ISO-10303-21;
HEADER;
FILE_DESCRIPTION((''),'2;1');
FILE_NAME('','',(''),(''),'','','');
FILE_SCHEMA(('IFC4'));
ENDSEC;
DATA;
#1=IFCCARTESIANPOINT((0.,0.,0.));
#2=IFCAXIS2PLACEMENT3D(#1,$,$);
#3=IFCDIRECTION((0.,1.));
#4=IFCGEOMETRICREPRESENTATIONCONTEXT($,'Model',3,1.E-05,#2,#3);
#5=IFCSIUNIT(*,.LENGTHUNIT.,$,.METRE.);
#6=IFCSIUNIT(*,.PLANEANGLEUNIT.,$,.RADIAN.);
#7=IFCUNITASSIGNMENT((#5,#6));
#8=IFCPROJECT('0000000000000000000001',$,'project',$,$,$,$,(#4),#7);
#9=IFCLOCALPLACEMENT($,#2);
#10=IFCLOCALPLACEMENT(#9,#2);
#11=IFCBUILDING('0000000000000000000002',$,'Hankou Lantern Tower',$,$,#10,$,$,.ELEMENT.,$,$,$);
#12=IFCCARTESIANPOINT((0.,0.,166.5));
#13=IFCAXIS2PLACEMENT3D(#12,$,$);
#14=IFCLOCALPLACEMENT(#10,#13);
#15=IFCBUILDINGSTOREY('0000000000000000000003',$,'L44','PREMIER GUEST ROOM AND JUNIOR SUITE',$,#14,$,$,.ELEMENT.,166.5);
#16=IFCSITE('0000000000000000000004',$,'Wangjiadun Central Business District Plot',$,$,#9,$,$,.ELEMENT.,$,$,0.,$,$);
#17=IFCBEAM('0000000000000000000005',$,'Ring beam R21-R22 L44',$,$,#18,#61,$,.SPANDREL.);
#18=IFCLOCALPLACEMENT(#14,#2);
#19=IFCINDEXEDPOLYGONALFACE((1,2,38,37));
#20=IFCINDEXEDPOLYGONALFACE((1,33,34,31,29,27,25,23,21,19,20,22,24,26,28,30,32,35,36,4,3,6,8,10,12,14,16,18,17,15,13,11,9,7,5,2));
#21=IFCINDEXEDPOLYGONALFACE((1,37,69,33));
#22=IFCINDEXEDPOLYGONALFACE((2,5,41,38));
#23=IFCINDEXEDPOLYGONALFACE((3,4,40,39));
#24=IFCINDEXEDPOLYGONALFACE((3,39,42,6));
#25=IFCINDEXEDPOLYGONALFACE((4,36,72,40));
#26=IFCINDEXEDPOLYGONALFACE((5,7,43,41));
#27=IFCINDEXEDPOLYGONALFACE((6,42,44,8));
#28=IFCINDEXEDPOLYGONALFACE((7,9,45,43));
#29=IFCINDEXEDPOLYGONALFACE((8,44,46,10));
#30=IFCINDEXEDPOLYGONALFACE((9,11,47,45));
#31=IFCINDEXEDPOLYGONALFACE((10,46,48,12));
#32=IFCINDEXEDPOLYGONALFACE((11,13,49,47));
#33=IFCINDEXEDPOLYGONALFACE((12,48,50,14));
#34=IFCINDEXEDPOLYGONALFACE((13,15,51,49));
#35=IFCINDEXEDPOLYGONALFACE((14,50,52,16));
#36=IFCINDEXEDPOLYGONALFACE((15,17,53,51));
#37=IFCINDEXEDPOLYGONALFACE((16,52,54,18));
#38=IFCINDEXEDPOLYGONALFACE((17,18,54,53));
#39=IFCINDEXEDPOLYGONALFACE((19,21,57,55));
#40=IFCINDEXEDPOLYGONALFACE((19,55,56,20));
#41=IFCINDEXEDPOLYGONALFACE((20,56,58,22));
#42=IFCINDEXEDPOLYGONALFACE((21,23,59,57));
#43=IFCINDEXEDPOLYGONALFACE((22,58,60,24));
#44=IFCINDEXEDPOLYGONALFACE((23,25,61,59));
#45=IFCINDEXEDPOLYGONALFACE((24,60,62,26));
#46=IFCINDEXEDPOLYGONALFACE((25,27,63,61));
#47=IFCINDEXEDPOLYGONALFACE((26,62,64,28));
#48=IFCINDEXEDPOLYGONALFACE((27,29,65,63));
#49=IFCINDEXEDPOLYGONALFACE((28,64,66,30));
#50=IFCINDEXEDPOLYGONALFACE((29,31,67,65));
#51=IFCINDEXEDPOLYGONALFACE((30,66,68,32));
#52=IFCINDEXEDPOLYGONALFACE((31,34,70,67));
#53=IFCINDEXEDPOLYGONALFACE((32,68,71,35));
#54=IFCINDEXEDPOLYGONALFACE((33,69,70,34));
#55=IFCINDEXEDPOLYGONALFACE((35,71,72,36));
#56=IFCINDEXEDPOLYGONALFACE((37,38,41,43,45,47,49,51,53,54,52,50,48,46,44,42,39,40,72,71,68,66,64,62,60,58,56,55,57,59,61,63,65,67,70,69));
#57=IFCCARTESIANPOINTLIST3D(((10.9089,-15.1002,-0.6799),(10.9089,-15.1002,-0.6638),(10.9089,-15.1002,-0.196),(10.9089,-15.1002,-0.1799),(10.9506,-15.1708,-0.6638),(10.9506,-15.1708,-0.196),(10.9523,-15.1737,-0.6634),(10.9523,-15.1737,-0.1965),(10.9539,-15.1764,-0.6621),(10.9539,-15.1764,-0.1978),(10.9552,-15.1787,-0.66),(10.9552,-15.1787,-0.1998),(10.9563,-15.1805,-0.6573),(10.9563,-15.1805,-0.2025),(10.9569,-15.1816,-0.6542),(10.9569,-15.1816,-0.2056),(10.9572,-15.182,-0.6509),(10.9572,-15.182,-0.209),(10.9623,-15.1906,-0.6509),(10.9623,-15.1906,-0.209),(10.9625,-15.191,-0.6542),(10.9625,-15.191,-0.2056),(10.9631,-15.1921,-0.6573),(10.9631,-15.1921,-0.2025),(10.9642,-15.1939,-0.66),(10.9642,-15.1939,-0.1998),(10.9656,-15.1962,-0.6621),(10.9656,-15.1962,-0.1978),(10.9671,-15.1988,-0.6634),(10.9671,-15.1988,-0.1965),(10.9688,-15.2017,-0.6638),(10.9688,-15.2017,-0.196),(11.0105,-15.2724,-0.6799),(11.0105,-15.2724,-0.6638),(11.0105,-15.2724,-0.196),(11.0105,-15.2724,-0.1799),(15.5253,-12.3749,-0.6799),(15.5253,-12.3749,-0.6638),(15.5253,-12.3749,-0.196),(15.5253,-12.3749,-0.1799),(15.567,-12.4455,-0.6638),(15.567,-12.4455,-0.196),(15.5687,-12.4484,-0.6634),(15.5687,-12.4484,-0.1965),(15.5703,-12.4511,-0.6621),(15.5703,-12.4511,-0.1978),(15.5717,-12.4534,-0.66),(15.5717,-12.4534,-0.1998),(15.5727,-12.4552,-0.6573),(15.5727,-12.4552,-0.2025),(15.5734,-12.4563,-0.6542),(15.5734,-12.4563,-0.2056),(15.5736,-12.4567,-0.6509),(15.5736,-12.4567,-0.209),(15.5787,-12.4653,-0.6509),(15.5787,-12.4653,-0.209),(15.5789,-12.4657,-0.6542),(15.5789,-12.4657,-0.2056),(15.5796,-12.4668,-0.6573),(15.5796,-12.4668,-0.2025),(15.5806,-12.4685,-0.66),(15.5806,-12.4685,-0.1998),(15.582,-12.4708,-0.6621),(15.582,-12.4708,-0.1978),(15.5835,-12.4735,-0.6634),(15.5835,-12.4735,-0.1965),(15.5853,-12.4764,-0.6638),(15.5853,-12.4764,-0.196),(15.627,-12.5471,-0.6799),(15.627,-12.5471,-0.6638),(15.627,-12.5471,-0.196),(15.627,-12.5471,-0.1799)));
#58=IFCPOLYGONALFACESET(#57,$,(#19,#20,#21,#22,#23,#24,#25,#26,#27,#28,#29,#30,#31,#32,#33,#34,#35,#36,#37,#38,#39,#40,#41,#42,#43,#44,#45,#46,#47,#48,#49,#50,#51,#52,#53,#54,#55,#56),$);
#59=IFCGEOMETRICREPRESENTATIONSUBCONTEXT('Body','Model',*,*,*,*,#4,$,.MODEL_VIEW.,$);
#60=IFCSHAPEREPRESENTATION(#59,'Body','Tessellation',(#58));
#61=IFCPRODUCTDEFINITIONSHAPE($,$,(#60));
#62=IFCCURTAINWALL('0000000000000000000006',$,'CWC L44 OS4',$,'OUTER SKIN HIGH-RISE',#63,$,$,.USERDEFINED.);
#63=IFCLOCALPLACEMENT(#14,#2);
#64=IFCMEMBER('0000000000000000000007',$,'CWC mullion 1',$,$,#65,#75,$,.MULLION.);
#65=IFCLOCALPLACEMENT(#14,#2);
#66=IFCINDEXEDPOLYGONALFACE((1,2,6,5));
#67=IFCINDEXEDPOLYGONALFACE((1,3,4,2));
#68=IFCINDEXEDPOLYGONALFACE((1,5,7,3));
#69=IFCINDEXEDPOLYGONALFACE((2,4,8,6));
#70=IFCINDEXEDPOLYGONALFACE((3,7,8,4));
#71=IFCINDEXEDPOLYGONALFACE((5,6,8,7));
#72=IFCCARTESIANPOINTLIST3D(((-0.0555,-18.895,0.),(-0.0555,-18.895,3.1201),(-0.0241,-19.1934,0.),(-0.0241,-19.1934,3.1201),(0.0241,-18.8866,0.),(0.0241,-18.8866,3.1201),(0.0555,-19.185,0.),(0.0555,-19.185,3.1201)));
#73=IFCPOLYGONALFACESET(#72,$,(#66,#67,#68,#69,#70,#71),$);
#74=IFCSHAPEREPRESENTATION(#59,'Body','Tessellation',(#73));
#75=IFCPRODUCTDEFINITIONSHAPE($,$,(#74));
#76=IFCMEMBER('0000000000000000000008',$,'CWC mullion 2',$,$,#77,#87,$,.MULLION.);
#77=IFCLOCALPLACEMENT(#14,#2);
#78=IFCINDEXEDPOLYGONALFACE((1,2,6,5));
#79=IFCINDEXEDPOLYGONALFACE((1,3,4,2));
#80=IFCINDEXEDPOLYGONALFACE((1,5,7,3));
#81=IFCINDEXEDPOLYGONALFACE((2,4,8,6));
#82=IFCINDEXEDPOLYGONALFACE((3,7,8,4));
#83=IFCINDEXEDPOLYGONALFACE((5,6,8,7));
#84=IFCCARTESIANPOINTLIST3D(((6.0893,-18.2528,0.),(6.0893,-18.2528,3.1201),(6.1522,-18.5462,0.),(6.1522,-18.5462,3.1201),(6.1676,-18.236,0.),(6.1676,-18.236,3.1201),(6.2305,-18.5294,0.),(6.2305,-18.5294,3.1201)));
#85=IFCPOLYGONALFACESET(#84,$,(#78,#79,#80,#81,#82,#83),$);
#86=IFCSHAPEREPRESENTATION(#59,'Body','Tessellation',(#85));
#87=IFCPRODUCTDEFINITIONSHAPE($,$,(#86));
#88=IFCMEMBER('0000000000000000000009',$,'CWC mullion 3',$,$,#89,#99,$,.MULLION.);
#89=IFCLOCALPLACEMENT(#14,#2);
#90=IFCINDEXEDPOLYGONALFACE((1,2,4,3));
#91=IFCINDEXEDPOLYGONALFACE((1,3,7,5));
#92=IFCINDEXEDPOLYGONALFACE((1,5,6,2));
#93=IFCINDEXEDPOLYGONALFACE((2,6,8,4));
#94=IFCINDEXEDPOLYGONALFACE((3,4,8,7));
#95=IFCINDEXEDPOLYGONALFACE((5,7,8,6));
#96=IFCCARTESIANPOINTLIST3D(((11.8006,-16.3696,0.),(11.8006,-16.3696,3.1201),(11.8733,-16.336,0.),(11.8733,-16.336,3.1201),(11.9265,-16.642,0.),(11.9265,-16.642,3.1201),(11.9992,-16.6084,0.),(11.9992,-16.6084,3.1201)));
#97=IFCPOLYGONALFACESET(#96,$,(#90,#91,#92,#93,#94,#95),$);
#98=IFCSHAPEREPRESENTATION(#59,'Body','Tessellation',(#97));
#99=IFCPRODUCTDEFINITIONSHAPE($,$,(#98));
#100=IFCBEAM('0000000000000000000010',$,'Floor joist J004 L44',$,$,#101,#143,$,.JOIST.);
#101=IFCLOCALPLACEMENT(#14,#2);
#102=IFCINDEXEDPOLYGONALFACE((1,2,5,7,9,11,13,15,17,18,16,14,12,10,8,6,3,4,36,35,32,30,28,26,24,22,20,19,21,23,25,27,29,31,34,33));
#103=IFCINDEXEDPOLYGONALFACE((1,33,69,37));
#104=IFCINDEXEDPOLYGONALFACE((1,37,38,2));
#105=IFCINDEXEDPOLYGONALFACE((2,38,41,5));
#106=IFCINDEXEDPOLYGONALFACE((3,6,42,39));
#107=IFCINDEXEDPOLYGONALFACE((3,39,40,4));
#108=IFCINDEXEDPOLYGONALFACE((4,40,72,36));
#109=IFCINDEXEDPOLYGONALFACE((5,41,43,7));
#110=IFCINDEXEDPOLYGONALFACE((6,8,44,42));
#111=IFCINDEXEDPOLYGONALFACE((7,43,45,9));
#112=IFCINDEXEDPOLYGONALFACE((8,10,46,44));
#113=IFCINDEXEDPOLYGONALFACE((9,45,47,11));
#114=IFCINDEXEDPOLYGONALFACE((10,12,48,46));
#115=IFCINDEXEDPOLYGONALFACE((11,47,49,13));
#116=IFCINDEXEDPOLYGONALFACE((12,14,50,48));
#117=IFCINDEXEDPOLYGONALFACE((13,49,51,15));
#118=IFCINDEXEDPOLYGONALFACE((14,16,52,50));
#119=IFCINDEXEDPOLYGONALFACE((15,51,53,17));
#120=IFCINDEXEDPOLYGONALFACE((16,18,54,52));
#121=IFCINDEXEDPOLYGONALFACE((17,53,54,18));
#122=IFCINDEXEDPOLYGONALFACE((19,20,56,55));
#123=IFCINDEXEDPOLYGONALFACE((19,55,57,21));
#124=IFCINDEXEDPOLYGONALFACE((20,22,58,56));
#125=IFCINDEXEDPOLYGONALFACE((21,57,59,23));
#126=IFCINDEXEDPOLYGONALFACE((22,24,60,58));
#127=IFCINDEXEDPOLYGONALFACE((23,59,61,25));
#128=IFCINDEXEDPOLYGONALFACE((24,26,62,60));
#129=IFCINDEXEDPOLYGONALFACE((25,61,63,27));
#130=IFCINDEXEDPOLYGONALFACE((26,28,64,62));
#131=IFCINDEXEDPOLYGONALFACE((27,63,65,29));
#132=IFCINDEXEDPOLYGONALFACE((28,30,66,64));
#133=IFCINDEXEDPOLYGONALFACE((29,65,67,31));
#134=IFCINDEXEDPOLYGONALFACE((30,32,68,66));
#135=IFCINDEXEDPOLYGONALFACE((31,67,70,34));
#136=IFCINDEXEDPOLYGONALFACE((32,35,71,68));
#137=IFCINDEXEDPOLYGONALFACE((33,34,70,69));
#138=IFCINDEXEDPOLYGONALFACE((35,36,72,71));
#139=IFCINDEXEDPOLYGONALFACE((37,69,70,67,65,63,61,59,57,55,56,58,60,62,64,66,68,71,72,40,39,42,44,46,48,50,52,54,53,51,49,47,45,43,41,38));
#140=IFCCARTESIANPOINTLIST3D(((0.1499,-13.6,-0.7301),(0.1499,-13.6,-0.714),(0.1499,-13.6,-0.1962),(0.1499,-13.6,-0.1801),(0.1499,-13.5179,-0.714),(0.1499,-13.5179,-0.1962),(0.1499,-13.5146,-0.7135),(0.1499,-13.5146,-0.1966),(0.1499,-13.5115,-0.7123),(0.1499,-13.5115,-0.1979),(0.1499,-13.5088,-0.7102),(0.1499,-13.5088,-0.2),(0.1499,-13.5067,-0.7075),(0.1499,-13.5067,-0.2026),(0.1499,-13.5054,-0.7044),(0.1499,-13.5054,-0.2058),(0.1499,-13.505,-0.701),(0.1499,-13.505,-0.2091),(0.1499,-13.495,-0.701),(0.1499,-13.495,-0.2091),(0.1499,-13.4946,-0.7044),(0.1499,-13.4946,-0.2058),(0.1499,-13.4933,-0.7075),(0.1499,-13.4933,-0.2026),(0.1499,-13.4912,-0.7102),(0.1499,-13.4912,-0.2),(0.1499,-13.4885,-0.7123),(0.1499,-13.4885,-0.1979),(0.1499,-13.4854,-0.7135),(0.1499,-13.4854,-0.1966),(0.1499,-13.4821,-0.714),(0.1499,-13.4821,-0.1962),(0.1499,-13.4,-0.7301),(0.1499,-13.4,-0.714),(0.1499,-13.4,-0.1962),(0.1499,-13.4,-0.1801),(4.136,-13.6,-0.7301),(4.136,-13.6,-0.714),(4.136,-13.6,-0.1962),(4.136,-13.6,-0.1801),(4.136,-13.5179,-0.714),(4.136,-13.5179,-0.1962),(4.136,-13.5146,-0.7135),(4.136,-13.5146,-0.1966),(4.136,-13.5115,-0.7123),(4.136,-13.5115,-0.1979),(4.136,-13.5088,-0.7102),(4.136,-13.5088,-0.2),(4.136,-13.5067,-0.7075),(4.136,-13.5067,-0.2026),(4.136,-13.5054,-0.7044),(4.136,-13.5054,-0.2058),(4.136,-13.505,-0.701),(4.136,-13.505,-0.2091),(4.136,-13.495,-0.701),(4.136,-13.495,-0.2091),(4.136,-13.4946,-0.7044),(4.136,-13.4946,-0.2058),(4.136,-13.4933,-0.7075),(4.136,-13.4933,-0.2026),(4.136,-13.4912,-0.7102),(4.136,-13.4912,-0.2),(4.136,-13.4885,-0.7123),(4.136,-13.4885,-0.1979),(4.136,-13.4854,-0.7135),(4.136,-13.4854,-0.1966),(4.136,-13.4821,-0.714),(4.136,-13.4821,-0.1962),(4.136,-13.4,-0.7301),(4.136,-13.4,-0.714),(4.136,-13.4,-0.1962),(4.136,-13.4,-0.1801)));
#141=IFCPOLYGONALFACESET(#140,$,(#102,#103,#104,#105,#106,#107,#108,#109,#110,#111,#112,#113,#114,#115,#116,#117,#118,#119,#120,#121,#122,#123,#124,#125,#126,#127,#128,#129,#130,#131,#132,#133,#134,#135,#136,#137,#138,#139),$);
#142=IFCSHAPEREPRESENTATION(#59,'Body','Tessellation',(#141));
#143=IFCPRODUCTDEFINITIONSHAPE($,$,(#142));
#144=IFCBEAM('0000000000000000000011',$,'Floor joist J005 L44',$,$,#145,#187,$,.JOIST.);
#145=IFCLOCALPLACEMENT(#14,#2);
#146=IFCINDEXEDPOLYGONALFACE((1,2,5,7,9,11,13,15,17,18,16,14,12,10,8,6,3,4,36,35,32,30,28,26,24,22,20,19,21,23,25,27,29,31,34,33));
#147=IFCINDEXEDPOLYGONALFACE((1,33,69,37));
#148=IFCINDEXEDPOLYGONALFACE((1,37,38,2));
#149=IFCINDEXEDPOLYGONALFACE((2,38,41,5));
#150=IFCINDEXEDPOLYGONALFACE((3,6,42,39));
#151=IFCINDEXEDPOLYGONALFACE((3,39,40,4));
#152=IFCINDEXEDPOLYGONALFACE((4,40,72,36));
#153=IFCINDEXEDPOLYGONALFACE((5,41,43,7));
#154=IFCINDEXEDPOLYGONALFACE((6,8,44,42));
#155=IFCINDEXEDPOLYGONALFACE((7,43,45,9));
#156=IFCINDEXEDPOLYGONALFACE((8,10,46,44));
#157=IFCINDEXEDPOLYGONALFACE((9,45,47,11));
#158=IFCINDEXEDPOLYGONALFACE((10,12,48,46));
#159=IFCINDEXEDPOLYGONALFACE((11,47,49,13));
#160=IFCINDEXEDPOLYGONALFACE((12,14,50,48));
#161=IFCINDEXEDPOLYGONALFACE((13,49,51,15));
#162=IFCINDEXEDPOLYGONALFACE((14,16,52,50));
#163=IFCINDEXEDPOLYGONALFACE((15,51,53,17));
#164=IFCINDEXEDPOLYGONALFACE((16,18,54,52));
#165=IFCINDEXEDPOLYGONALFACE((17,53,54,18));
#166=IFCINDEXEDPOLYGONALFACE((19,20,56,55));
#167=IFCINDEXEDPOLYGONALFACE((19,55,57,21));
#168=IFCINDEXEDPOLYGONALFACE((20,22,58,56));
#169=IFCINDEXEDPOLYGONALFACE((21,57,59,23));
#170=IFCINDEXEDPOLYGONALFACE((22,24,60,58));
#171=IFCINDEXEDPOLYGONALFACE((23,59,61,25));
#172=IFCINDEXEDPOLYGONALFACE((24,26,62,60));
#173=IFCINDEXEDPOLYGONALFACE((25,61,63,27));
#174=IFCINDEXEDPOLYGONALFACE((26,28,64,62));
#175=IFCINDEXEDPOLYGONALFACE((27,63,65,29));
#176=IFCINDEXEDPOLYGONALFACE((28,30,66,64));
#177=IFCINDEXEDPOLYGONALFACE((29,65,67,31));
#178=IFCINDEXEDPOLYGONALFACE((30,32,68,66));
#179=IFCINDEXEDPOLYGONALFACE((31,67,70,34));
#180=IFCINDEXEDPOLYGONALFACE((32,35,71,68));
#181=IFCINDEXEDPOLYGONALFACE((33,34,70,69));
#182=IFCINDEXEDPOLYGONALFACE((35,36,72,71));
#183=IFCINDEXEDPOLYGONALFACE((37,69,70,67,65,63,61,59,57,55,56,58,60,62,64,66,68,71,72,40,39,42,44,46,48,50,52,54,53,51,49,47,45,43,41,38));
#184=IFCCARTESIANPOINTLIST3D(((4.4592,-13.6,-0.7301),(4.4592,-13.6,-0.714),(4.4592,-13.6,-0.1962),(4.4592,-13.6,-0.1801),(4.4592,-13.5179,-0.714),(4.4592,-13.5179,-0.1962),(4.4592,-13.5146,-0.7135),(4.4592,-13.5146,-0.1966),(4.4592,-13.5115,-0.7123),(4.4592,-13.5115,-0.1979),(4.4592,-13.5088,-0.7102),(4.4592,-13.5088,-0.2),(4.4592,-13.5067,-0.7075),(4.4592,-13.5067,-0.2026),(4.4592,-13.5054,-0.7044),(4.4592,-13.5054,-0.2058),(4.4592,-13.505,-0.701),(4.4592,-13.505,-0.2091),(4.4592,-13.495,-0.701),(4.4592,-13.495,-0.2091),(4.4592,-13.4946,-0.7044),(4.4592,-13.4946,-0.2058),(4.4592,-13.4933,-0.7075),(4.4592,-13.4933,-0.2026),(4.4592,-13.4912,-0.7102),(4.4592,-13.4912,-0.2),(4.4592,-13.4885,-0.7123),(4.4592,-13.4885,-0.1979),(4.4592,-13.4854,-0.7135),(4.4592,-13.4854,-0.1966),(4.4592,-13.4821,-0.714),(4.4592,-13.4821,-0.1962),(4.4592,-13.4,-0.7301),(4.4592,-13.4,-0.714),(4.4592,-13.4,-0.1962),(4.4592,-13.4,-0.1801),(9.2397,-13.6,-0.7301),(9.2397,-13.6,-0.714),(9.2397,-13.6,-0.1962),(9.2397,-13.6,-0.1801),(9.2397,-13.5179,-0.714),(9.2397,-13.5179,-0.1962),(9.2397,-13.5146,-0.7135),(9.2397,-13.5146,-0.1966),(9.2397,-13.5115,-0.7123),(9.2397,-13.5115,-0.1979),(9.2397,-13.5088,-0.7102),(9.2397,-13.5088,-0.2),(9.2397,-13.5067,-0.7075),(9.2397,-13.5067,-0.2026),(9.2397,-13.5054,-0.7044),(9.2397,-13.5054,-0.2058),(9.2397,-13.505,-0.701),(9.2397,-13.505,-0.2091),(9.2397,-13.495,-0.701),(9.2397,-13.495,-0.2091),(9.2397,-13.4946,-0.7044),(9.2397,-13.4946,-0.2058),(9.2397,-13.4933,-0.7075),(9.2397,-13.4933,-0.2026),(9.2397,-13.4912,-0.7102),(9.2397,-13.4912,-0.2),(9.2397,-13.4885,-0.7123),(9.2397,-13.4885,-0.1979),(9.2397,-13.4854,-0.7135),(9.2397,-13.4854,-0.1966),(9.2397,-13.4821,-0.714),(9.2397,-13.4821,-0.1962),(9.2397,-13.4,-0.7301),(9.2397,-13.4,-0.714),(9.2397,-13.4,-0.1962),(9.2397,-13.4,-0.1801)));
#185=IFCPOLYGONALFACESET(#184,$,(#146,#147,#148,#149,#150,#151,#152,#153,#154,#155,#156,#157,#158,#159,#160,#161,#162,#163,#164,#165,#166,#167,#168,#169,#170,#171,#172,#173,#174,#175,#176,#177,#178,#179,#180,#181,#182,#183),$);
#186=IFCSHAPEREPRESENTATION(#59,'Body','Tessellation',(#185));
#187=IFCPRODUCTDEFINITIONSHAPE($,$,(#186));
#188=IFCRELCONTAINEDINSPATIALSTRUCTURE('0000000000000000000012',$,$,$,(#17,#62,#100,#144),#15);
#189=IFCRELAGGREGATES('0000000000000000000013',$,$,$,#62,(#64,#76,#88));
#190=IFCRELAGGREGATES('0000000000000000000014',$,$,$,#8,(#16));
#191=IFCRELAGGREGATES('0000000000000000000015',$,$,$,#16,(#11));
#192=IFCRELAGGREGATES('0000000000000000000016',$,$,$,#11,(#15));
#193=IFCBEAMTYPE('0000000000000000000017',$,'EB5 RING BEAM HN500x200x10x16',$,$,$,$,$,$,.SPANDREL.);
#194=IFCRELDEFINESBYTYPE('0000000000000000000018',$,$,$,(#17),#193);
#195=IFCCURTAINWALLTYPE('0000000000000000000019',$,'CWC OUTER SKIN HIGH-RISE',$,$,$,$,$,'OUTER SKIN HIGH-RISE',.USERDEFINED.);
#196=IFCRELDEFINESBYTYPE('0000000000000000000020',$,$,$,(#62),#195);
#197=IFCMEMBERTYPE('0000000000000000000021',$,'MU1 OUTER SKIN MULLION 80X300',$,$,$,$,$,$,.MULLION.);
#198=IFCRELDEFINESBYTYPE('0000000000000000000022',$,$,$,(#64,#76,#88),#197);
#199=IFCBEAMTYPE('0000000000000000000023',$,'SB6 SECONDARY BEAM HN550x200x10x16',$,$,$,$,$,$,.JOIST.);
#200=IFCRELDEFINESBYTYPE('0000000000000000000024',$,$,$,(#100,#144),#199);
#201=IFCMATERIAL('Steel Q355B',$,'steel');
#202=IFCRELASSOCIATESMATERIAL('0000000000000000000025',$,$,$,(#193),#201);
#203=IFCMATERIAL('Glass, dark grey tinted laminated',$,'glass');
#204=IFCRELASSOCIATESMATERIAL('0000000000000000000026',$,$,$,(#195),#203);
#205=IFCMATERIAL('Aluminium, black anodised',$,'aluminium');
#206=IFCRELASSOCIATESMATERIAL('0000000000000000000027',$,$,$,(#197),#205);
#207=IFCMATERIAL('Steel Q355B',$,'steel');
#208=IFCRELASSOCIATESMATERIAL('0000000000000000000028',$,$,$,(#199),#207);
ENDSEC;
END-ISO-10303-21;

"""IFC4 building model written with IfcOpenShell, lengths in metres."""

from ifc_helpers import new_model, si_unit, direction, frame, origin, origin_2d, place, context, subcontext, project, spatial, rectangle, i_section, extrude, material, material_profile, profile_set, type_object, element, aggregate, save


model = new_model("IFC4")

# Units and contexts
model_context = context("Model", 3, precision=1e-05, world=origin(), true_north=direction((0.0, 1.0)))
body_context = subcontext(model_context, "Body", "Model", "MODEL_VIEW")
ifc_project = project(units=[si_unit("LENGTHUNIT", "METRE"), si_unit("PLANEANGLEUNIT", "RADIAN")], contexts=[model_context])

# Site, building, storey
site_placement = place(None, origin())
site = spatial("IfcSite", under=ifc_project, at=site_placement, Name="Wangjiadun Central Business District Plot", CompositionType="ELEMENT", RefElevation=0.0)
building_placement = place(site_placement, origin())
building = spatial("IfcBuilding", under=site, at=building_placement, Name="Hankou Lantern Tower", CompositionType="ELEMENT")
storey_placement = place(building_placement, frame((0.0, 0.0, 166.5)))
storey = spatial("IfcBuildingStorey", under=building, at=storey_placement, Name="L44", Description="PREMIER GUEST ROOM AND JUNIOR SUITE", CompositionType="ELEMENT", Elevation=166.5)

# Beam
ifc_material_1 = material(Name="Steel Q355B", Category="steel")
ifc_material_profile_1 = material_profile(ifc_material_1, i_section(OverallWidth=0.2, OverallDepth=0.5, WebThickness=0.01, FlangeThickness=0.0161, FilletRadius=0.0129, at=origin_2d()), Name="HN500x200x10x16")
ifc_profile_set_1 = profile_set([ifc_material_profile_1], Name="Steel Q355B")
beam_type_1 = type_object("IfcBeamType", Name="EB5 RING BEAM HN500x200x10x16", PredefinedType="SPANDREL", material=ifc_profile_set_1)
beam_1_placement = place(storey_placement, frame((10.9597, -15.1863, -0.4299), z_axis=(0.861136, 0.508375, 0.0), x_axis=(-0.508375, 0.861136, 0.0)))
element("IfcBeam", 1, at=beam_1_placement, inside=storey, type_object=beam_type_1, Name="Ring beam R21-R22 L44", PredefinedType="SPANDREL", context=body_context, shape_type="SweptSolid", body=[
    extrude(i_section(OverallWidth=0.2, OverallDepth=0.5, WebThickness=0.01, FlangeThickness=0.0161, FilletRadius=0.0129, at=origin_2d()), origin(), (0.0, 0.0, 1.0), 5.3608),
])

# Curtain wall, members
ifc_material_2 = material(Name="Glass, dark grey tinted laminated", Category="glass")
curtain_wall_type = type_object("IfcCurtainWallType", Name="CWC OUTER SKIN HIGH-RISE", ElementType="OUTER SKIN HIGH-RISE", PredefinedType="USERDEFINED", material=ifc_material_2)
curtain_wall_placement = place(storey_placement, origin())
curtain_wall = element("IfcCurtainWall", 2, at=curtain_wall_placement, inside=storey, type_object=curtain_wall_type, Name="CWC L44 OS4", ObjectType="OUTER SKIN HIGH-RISE", PredefinedType="USERDEFINED")
ifc_material_3 = material(Name="Aluminium, black anodised", Category="aluminium")
ifc_material_profile_2 = material_profile(ifc_material_3, rectangle(XDim=0.0801, YDim=0.3, at=origin_2d()), Name="MU1 80X300")
ifc_profile_set_2 = profile_set([ifc_material_profile_2], Name="Aluminium, black anodised")
member_type_1 = type_object("IfcMemberType", Name="MU1 OUTER SKIN MULLION 80X300", PredefinedType="MULLION", material=ifc_profile_set_2)
member_1_placement = place(storey_placement, frame((0.0, -19.04, 0.0), z_axis=(0.0, 0.0, 1.0), x_axis=(0.994499, 0.104743, 0.0)))
member_1 = element("IfcMember", 3, at=member_1_placement, type_object=member_type_1, Name="CWC mullion 1", PredefinedType="MULLION", context=body_context, shape_type="SweptSolid", body=[
    extrude(rectangle(XDim=0.0801, YDim=0.3, at=origin_2d()), origin(), (0.0, 0.0, 1.0), 3.1201),
])
member_2_placement = place(storey_placement, frame((6.1599, -18.3911, 0.0), z_axis=(0.0, 0.0, 1.0), x_axis=(0.977788, 0.209598, 0.0)))
member_2 = element("IfcMember", 4, at=member_2_placement, type_object=member_type_1, Name="CWC mullion 2", PredefinedType="MULLION", context=body_context, shape_type="SweptSolid", body=[
    extrude(rectangle(XDim=0.0801, YDim=0.3, at=origin_2d()), origin(), (0.0, 0.0, 1.0), 3.1201),
])
member_3_placement = place(storey_placement, frame((11.8999, -16.489, 0.0), z_axis=(0.0, 0.0, 1.0), x_axis=(0.907841, 0.419314, 0.0)))
member_3 = element("IfcMember", 5, at=member_3_placement, type_object=member_type_1, Name="CWC mullion 3", PredefinedType="MULLION", context=body_context, shape_type="SweptSolid", body=[
    extrude(rectangle(XDim=0.0801, YDim=0.3, at=origin_2d()), origin(), (0.0, 0.0, 1.0), 3.1201),
])

# Beams
ifc_material_4 = material(Name="Steel Q355B", Category="steel")
ifc_material_profile_3 = material_profile(ifc_material_4, i_section(OverallWidth=0.2, OverallDepth=0.55, WebThickness=0.01, FlangeThickness=0.0161, FilletRadius=0.0129, at=origin_2d()), Name="HN550x200x10x16")
ifc_profile_set_3 = profile_set([ifc_material_profile_3], Name="Steel Q355B")
beam_type_2 = type_object("IfcBeamType", Name="SB6 SECONDARY BEAM HN550x200x10x16", PredefinedType="JOIST", material=ifc_profile_set_3)
beam_2_placement = place(storey_placement, frame((0.1499, -13.5, -0.4551), z_axis=(1.0, 0.0, 0.0), x_axis=(0.0, 1.0, 0.0)))
element("IfcBeam", 6, at=beam_2_placement, inside=storey, type_object=beam_type_2, Name="Floor joist J004 L44", PredefinedType="JOIST", context=body_context, shape_type="SweptSolid", body=[
    extrude(i_section(OverallWidth=0.2, OverallDepth=0.55, WebThickness=0.01, FlangeThickness=0.0161, FilletRadius=0.0129, at=origin_2d()), origin(), (0.0, 0.0, 1.0), 3.9861),
])
beam_3_placement = place(storey_placement, frame((4.4592, -13.5, -0.4551), z_axis=(1.0, 0.0, 0.0), x_axis=(0.0, 1.0, 0.0)))
element("IfcBeam", 7, at=beam_3_placement, inside=storey, type_object=beam_type_2, Name="Floor joist J005 L44", PredefinedType="JOIST", context=body_context, shape_type="SweptSolid", body=[
    extrude(i_section(OverallWidth=0.2, OverallDepth=0.55, WebThickness=0.01, FlangeThickness=0.0161, FilletRadius=0.0129, at=origin_2d()), origin(), (0.0, 0.0, 1.0), 4.7805),
])

aggregate(curtain_wall, [member_1, member_2, member_3])

save(model, "model.ifc")
